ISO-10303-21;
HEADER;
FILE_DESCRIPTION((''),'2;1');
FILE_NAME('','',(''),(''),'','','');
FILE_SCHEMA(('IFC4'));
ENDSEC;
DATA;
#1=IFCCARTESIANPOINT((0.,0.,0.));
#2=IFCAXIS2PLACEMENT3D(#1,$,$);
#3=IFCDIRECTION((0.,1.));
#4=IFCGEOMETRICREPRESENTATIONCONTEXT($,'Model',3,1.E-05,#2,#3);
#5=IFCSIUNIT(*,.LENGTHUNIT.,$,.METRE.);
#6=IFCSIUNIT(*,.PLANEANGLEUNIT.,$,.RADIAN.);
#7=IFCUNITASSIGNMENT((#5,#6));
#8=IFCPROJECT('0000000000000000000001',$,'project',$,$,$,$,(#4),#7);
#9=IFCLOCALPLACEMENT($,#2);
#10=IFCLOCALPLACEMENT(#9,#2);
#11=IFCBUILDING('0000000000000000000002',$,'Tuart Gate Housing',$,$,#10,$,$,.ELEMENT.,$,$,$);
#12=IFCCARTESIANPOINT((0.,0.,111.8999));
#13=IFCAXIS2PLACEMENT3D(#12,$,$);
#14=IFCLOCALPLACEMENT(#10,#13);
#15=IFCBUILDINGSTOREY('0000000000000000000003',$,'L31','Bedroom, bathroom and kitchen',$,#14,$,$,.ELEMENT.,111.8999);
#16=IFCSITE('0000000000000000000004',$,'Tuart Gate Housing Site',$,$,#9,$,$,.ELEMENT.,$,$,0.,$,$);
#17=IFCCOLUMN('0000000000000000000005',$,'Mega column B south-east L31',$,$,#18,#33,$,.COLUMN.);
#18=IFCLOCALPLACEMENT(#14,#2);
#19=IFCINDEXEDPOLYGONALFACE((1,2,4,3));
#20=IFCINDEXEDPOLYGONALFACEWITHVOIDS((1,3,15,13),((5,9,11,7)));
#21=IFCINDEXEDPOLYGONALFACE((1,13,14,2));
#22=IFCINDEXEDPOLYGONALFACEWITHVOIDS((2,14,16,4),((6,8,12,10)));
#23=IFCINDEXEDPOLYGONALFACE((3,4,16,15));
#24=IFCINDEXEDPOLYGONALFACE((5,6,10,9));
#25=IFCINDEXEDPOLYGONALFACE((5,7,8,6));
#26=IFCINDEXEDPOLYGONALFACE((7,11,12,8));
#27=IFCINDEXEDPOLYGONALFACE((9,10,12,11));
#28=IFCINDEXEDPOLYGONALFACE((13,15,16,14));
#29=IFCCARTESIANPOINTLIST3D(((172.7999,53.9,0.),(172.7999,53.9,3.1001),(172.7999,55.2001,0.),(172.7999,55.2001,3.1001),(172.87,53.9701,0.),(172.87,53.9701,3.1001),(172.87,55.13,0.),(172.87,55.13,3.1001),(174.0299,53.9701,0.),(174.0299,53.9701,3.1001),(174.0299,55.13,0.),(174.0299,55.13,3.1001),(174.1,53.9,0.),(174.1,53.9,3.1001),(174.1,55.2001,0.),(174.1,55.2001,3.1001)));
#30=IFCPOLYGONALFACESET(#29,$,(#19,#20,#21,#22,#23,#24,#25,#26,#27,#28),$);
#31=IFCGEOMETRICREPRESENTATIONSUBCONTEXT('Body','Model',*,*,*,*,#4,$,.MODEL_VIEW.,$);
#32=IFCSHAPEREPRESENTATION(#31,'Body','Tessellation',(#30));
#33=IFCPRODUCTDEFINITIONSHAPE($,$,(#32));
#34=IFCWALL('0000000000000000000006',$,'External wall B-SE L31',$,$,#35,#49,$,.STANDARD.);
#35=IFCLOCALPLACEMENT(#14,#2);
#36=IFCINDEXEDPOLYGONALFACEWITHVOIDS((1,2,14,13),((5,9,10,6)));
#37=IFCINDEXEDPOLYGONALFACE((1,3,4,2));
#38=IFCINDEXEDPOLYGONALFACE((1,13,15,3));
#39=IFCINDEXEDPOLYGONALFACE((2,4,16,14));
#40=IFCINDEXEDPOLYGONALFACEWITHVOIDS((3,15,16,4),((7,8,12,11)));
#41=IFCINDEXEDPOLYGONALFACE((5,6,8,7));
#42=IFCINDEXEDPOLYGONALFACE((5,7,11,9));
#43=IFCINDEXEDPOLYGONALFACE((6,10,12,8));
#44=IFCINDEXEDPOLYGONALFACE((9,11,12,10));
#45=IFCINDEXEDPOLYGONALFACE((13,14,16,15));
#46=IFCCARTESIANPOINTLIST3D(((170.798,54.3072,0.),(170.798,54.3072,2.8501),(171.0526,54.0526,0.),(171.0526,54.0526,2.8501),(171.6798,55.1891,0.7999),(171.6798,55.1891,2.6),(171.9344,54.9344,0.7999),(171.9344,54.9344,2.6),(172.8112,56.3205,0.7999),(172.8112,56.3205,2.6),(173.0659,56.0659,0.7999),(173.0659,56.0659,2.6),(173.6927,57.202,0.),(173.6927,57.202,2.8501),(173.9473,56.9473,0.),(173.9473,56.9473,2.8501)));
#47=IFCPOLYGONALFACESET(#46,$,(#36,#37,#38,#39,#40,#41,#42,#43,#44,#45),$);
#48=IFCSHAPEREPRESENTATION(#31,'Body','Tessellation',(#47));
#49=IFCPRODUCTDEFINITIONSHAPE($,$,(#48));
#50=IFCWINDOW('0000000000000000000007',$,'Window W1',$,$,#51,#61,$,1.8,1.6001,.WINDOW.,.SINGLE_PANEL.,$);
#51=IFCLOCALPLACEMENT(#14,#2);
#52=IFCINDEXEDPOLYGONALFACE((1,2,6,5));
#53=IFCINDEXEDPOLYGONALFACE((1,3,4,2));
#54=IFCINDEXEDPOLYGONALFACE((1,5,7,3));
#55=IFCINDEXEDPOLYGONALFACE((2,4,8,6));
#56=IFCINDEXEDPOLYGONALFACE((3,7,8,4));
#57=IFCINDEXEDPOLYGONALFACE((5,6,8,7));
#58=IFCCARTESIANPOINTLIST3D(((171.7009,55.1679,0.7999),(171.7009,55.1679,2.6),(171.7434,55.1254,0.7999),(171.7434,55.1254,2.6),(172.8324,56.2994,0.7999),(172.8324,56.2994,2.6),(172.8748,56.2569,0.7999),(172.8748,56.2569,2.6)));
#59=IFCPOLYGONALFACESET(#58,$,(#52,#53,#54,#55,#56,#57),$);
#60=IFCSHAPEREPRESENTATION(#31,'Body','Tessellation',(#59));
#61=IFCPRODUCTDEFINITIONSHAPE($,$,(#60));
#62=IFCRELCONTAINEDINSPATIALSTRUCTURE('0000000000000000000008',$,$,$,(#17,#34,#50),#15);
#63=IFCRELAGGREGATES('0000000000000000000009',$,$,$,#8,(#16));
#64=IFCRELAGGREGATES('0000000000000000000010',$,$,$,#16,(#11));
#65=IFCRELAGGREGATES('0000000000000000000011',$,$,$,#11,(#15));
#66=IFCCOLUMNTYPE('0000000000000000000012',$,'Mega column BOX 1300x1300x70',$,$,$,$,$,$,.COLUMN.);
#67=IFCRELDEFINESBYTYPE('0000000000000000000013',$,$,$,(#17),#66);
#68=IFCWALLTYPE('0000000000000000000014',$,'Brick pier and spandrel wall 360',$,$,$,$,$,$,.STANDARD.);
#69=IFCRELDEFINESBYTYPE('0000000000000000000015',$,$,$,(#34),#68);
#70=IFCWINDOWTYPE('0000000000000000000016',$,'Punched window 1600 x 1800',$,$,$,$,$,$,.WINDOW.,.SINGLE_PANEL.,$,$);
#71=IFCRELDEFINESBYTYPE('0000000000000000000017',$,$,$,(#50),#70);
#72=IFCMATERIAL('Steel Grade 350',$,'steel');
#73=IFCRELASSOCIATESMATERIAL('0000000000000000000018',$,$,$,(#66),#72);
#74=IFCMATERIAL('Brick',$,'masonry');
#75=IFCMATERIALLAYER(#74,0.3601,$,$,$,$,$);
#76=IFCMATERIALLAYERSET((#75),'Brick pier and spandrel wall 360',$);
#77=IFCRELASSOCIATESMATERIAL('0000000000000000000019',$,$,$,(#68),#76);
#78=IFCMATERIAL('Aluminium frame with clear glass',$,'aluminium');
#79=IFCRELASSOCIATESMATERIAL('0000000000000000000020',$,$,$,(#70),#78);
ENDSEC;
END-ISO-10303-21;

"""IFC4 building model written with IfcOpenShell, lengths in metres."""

from ifc_helpers import new_model, si_unit, direction, frame, frame_2d, origin, origin_2d, place, context, subcontext, project, spatial, rectangle, hollow_rectangle, extrude, material, layer, layer_set, material_profile, profile_set, type_object, element, fill, save


model = new_model("IFC4")

# Units and contexts
model_context = context("Model", 3, precision=1e-05, world=origin(), true_north=direction((0.0, 1.0)))
body_context = subcontext(model_context, "Body", "Model", "MODEL_VIEW")
ifc_project = project(units=[si_unit("LENGTHUNIT", "METRE"), si_unit("PLANEANGLEUNIT", "RADIAN")], contexts=[model_context])

# Site, building, storey
site_placement = place(None, origin())
site = spatial("IfcSite", under=ifc_project, at=site_placement, Name="Tuart Gate Housing Site", CompositionType="ELEMENT", RefElevation=0.0)
building_placement = place(site_placement, origin())
building = spatial("IfcBuilding", under=site, at=building_placement, Name="Tuart Gate Housing", CompositionType="ELEMENT")
storey_placement = place(building_placement, frame((0.0, 0.0, 111.8999)))
storey = spatial("IfcBuildingStorey", under=building, at=storey_placement, Name="L31", Description="Bedroom, bathroom and kitchen", CompositionType="ELEMENT", Elevation=111.8999)

# Column
ifc_material_1 = material(Name="Steel Grade 350", Category="steel")
ifc_material_profile = material_profile(ifc_material_1, hollow_rectangle(XDim=1.3, YDim=1.3, WallThickness=0.0701, at=origin_2d()), Name="BOX 1300x1300x70")
ifc_profile_set = profile_set([ifc_material_profile], Name="Steel Grade 350")
column_type = type_object("IfcColumnType", Name="Mega column BOX 1300x1300x70", PredefinedType="COLUMN", material=ifc_profile_set)
column_placement = place(storey_placement, frame((173.45, 54.55, 0.0), z_axis=(0.0, 0.0, 1.0), x_axis=(1.0, 0.0, 0.0)))
element("IfcColumn", 1, at=column_placement, inside=storey, type_object=column_type, Name="Mega column B south-east L31", PredefinedType="COLUMN", context=body_context, shape_type="SweptSolid", body=[
    extrude(hollow_rectangle(XDim=1.3, YDim=1.3, WallThickness=0.0701, at=origin_2d()), origin(), (0.0, 0.0, 1.0), 3.1001),
])

# Wall, opening, window
ifc_material_2 = material(Name="Brick", Category="masonry")
ifc_layer_1 = layer(ifc_material_2, 0.3601)
ifc_layer_set_1 = layer_set([ifc_layer_1], Name="Brick pier and spandrel wall 360")
wall_type_1 = type_object("IfcWallType", Name="Brick pier and spandrel wall 360", PredefinedType="STANDARD", material=ifc_layer_set_1)
wall_1_placement = place(storey_placement, frame((170.9253, 54.1799, 0.0), z_axis=(0.0, 0.0, 1.0), x_axis=(0.707107, 0.707107, 0.0)))
wall_1 = element("IfcWall", 2, at=wall_1_placement, inside=storey, type_object=wall_type_1, Name="External wall B-SE L31", PredefinedType="STANDARD", context=body_context, shape_type="SweptSolid", body=[
    extrude(rectangle(XDim=4.0938, YDim=0.3601, at=frame_2d((2.0469, 0.0))), origin(), (0.0, 0.0, 1.0), 2.8501),
])
opening_1_placement = place(wall_1_placement, frame((1.2471, 0.0, 0.8)))
opening_1 = element("IfcOpeningElement", 3, at=opening_1_placement, cuts=wall_1, PredefinedType="OPENING", context=body_context, shape_type="SweptSolid", body=[
    extrude(rectangle(XDim=1.6001, YDim=1.8, at=frame_2d((0.8, 0.8999))), frame((0.0, 0.1899, 0.0), z_axis=(0.0, -1.0, 0.0), x_axis=(1.0, 0.0, 0.0)), (0.0, 0.0, 1.0), 0.3801),
])
ifc_material_3 = material(Name="Aluminium frame with clear glass", Category="aluminium")
window_type = type_object("IfcWindowType", Name="Punched window 1600 x 1800", PartitioningType="SINGLE_PANEL", PredefinedType="WINDOW", material=ifc_material_3)
window_1_placement = place(opening_1_placement, origin())
window_1 = element("IfcWindow", 4, at=window_1_placement, inside=storey, type_object=window_type, Name="Window W1", OverallHeight=1.8, OverallWidth=1.6001, PartitioningType="SINGLE_PANEL", PredefinedType="WINDOW", context=body_context, shape_type="SweptSolid", body=[
    extrude(rectangle(XDim=1.6001, YDim=1.8, at=frame_2d((0.8, 0.8999))), frame((0.0, 0.1501, 0.0), z_axis=(0.0, -1.0, 0.0), x_axis=(1.0, 0.0, 0.0)), (0.0, 0.0, 1.0), 0.0601),
])
fill(opening_1, window_1)

save(model, "model.ifc")
